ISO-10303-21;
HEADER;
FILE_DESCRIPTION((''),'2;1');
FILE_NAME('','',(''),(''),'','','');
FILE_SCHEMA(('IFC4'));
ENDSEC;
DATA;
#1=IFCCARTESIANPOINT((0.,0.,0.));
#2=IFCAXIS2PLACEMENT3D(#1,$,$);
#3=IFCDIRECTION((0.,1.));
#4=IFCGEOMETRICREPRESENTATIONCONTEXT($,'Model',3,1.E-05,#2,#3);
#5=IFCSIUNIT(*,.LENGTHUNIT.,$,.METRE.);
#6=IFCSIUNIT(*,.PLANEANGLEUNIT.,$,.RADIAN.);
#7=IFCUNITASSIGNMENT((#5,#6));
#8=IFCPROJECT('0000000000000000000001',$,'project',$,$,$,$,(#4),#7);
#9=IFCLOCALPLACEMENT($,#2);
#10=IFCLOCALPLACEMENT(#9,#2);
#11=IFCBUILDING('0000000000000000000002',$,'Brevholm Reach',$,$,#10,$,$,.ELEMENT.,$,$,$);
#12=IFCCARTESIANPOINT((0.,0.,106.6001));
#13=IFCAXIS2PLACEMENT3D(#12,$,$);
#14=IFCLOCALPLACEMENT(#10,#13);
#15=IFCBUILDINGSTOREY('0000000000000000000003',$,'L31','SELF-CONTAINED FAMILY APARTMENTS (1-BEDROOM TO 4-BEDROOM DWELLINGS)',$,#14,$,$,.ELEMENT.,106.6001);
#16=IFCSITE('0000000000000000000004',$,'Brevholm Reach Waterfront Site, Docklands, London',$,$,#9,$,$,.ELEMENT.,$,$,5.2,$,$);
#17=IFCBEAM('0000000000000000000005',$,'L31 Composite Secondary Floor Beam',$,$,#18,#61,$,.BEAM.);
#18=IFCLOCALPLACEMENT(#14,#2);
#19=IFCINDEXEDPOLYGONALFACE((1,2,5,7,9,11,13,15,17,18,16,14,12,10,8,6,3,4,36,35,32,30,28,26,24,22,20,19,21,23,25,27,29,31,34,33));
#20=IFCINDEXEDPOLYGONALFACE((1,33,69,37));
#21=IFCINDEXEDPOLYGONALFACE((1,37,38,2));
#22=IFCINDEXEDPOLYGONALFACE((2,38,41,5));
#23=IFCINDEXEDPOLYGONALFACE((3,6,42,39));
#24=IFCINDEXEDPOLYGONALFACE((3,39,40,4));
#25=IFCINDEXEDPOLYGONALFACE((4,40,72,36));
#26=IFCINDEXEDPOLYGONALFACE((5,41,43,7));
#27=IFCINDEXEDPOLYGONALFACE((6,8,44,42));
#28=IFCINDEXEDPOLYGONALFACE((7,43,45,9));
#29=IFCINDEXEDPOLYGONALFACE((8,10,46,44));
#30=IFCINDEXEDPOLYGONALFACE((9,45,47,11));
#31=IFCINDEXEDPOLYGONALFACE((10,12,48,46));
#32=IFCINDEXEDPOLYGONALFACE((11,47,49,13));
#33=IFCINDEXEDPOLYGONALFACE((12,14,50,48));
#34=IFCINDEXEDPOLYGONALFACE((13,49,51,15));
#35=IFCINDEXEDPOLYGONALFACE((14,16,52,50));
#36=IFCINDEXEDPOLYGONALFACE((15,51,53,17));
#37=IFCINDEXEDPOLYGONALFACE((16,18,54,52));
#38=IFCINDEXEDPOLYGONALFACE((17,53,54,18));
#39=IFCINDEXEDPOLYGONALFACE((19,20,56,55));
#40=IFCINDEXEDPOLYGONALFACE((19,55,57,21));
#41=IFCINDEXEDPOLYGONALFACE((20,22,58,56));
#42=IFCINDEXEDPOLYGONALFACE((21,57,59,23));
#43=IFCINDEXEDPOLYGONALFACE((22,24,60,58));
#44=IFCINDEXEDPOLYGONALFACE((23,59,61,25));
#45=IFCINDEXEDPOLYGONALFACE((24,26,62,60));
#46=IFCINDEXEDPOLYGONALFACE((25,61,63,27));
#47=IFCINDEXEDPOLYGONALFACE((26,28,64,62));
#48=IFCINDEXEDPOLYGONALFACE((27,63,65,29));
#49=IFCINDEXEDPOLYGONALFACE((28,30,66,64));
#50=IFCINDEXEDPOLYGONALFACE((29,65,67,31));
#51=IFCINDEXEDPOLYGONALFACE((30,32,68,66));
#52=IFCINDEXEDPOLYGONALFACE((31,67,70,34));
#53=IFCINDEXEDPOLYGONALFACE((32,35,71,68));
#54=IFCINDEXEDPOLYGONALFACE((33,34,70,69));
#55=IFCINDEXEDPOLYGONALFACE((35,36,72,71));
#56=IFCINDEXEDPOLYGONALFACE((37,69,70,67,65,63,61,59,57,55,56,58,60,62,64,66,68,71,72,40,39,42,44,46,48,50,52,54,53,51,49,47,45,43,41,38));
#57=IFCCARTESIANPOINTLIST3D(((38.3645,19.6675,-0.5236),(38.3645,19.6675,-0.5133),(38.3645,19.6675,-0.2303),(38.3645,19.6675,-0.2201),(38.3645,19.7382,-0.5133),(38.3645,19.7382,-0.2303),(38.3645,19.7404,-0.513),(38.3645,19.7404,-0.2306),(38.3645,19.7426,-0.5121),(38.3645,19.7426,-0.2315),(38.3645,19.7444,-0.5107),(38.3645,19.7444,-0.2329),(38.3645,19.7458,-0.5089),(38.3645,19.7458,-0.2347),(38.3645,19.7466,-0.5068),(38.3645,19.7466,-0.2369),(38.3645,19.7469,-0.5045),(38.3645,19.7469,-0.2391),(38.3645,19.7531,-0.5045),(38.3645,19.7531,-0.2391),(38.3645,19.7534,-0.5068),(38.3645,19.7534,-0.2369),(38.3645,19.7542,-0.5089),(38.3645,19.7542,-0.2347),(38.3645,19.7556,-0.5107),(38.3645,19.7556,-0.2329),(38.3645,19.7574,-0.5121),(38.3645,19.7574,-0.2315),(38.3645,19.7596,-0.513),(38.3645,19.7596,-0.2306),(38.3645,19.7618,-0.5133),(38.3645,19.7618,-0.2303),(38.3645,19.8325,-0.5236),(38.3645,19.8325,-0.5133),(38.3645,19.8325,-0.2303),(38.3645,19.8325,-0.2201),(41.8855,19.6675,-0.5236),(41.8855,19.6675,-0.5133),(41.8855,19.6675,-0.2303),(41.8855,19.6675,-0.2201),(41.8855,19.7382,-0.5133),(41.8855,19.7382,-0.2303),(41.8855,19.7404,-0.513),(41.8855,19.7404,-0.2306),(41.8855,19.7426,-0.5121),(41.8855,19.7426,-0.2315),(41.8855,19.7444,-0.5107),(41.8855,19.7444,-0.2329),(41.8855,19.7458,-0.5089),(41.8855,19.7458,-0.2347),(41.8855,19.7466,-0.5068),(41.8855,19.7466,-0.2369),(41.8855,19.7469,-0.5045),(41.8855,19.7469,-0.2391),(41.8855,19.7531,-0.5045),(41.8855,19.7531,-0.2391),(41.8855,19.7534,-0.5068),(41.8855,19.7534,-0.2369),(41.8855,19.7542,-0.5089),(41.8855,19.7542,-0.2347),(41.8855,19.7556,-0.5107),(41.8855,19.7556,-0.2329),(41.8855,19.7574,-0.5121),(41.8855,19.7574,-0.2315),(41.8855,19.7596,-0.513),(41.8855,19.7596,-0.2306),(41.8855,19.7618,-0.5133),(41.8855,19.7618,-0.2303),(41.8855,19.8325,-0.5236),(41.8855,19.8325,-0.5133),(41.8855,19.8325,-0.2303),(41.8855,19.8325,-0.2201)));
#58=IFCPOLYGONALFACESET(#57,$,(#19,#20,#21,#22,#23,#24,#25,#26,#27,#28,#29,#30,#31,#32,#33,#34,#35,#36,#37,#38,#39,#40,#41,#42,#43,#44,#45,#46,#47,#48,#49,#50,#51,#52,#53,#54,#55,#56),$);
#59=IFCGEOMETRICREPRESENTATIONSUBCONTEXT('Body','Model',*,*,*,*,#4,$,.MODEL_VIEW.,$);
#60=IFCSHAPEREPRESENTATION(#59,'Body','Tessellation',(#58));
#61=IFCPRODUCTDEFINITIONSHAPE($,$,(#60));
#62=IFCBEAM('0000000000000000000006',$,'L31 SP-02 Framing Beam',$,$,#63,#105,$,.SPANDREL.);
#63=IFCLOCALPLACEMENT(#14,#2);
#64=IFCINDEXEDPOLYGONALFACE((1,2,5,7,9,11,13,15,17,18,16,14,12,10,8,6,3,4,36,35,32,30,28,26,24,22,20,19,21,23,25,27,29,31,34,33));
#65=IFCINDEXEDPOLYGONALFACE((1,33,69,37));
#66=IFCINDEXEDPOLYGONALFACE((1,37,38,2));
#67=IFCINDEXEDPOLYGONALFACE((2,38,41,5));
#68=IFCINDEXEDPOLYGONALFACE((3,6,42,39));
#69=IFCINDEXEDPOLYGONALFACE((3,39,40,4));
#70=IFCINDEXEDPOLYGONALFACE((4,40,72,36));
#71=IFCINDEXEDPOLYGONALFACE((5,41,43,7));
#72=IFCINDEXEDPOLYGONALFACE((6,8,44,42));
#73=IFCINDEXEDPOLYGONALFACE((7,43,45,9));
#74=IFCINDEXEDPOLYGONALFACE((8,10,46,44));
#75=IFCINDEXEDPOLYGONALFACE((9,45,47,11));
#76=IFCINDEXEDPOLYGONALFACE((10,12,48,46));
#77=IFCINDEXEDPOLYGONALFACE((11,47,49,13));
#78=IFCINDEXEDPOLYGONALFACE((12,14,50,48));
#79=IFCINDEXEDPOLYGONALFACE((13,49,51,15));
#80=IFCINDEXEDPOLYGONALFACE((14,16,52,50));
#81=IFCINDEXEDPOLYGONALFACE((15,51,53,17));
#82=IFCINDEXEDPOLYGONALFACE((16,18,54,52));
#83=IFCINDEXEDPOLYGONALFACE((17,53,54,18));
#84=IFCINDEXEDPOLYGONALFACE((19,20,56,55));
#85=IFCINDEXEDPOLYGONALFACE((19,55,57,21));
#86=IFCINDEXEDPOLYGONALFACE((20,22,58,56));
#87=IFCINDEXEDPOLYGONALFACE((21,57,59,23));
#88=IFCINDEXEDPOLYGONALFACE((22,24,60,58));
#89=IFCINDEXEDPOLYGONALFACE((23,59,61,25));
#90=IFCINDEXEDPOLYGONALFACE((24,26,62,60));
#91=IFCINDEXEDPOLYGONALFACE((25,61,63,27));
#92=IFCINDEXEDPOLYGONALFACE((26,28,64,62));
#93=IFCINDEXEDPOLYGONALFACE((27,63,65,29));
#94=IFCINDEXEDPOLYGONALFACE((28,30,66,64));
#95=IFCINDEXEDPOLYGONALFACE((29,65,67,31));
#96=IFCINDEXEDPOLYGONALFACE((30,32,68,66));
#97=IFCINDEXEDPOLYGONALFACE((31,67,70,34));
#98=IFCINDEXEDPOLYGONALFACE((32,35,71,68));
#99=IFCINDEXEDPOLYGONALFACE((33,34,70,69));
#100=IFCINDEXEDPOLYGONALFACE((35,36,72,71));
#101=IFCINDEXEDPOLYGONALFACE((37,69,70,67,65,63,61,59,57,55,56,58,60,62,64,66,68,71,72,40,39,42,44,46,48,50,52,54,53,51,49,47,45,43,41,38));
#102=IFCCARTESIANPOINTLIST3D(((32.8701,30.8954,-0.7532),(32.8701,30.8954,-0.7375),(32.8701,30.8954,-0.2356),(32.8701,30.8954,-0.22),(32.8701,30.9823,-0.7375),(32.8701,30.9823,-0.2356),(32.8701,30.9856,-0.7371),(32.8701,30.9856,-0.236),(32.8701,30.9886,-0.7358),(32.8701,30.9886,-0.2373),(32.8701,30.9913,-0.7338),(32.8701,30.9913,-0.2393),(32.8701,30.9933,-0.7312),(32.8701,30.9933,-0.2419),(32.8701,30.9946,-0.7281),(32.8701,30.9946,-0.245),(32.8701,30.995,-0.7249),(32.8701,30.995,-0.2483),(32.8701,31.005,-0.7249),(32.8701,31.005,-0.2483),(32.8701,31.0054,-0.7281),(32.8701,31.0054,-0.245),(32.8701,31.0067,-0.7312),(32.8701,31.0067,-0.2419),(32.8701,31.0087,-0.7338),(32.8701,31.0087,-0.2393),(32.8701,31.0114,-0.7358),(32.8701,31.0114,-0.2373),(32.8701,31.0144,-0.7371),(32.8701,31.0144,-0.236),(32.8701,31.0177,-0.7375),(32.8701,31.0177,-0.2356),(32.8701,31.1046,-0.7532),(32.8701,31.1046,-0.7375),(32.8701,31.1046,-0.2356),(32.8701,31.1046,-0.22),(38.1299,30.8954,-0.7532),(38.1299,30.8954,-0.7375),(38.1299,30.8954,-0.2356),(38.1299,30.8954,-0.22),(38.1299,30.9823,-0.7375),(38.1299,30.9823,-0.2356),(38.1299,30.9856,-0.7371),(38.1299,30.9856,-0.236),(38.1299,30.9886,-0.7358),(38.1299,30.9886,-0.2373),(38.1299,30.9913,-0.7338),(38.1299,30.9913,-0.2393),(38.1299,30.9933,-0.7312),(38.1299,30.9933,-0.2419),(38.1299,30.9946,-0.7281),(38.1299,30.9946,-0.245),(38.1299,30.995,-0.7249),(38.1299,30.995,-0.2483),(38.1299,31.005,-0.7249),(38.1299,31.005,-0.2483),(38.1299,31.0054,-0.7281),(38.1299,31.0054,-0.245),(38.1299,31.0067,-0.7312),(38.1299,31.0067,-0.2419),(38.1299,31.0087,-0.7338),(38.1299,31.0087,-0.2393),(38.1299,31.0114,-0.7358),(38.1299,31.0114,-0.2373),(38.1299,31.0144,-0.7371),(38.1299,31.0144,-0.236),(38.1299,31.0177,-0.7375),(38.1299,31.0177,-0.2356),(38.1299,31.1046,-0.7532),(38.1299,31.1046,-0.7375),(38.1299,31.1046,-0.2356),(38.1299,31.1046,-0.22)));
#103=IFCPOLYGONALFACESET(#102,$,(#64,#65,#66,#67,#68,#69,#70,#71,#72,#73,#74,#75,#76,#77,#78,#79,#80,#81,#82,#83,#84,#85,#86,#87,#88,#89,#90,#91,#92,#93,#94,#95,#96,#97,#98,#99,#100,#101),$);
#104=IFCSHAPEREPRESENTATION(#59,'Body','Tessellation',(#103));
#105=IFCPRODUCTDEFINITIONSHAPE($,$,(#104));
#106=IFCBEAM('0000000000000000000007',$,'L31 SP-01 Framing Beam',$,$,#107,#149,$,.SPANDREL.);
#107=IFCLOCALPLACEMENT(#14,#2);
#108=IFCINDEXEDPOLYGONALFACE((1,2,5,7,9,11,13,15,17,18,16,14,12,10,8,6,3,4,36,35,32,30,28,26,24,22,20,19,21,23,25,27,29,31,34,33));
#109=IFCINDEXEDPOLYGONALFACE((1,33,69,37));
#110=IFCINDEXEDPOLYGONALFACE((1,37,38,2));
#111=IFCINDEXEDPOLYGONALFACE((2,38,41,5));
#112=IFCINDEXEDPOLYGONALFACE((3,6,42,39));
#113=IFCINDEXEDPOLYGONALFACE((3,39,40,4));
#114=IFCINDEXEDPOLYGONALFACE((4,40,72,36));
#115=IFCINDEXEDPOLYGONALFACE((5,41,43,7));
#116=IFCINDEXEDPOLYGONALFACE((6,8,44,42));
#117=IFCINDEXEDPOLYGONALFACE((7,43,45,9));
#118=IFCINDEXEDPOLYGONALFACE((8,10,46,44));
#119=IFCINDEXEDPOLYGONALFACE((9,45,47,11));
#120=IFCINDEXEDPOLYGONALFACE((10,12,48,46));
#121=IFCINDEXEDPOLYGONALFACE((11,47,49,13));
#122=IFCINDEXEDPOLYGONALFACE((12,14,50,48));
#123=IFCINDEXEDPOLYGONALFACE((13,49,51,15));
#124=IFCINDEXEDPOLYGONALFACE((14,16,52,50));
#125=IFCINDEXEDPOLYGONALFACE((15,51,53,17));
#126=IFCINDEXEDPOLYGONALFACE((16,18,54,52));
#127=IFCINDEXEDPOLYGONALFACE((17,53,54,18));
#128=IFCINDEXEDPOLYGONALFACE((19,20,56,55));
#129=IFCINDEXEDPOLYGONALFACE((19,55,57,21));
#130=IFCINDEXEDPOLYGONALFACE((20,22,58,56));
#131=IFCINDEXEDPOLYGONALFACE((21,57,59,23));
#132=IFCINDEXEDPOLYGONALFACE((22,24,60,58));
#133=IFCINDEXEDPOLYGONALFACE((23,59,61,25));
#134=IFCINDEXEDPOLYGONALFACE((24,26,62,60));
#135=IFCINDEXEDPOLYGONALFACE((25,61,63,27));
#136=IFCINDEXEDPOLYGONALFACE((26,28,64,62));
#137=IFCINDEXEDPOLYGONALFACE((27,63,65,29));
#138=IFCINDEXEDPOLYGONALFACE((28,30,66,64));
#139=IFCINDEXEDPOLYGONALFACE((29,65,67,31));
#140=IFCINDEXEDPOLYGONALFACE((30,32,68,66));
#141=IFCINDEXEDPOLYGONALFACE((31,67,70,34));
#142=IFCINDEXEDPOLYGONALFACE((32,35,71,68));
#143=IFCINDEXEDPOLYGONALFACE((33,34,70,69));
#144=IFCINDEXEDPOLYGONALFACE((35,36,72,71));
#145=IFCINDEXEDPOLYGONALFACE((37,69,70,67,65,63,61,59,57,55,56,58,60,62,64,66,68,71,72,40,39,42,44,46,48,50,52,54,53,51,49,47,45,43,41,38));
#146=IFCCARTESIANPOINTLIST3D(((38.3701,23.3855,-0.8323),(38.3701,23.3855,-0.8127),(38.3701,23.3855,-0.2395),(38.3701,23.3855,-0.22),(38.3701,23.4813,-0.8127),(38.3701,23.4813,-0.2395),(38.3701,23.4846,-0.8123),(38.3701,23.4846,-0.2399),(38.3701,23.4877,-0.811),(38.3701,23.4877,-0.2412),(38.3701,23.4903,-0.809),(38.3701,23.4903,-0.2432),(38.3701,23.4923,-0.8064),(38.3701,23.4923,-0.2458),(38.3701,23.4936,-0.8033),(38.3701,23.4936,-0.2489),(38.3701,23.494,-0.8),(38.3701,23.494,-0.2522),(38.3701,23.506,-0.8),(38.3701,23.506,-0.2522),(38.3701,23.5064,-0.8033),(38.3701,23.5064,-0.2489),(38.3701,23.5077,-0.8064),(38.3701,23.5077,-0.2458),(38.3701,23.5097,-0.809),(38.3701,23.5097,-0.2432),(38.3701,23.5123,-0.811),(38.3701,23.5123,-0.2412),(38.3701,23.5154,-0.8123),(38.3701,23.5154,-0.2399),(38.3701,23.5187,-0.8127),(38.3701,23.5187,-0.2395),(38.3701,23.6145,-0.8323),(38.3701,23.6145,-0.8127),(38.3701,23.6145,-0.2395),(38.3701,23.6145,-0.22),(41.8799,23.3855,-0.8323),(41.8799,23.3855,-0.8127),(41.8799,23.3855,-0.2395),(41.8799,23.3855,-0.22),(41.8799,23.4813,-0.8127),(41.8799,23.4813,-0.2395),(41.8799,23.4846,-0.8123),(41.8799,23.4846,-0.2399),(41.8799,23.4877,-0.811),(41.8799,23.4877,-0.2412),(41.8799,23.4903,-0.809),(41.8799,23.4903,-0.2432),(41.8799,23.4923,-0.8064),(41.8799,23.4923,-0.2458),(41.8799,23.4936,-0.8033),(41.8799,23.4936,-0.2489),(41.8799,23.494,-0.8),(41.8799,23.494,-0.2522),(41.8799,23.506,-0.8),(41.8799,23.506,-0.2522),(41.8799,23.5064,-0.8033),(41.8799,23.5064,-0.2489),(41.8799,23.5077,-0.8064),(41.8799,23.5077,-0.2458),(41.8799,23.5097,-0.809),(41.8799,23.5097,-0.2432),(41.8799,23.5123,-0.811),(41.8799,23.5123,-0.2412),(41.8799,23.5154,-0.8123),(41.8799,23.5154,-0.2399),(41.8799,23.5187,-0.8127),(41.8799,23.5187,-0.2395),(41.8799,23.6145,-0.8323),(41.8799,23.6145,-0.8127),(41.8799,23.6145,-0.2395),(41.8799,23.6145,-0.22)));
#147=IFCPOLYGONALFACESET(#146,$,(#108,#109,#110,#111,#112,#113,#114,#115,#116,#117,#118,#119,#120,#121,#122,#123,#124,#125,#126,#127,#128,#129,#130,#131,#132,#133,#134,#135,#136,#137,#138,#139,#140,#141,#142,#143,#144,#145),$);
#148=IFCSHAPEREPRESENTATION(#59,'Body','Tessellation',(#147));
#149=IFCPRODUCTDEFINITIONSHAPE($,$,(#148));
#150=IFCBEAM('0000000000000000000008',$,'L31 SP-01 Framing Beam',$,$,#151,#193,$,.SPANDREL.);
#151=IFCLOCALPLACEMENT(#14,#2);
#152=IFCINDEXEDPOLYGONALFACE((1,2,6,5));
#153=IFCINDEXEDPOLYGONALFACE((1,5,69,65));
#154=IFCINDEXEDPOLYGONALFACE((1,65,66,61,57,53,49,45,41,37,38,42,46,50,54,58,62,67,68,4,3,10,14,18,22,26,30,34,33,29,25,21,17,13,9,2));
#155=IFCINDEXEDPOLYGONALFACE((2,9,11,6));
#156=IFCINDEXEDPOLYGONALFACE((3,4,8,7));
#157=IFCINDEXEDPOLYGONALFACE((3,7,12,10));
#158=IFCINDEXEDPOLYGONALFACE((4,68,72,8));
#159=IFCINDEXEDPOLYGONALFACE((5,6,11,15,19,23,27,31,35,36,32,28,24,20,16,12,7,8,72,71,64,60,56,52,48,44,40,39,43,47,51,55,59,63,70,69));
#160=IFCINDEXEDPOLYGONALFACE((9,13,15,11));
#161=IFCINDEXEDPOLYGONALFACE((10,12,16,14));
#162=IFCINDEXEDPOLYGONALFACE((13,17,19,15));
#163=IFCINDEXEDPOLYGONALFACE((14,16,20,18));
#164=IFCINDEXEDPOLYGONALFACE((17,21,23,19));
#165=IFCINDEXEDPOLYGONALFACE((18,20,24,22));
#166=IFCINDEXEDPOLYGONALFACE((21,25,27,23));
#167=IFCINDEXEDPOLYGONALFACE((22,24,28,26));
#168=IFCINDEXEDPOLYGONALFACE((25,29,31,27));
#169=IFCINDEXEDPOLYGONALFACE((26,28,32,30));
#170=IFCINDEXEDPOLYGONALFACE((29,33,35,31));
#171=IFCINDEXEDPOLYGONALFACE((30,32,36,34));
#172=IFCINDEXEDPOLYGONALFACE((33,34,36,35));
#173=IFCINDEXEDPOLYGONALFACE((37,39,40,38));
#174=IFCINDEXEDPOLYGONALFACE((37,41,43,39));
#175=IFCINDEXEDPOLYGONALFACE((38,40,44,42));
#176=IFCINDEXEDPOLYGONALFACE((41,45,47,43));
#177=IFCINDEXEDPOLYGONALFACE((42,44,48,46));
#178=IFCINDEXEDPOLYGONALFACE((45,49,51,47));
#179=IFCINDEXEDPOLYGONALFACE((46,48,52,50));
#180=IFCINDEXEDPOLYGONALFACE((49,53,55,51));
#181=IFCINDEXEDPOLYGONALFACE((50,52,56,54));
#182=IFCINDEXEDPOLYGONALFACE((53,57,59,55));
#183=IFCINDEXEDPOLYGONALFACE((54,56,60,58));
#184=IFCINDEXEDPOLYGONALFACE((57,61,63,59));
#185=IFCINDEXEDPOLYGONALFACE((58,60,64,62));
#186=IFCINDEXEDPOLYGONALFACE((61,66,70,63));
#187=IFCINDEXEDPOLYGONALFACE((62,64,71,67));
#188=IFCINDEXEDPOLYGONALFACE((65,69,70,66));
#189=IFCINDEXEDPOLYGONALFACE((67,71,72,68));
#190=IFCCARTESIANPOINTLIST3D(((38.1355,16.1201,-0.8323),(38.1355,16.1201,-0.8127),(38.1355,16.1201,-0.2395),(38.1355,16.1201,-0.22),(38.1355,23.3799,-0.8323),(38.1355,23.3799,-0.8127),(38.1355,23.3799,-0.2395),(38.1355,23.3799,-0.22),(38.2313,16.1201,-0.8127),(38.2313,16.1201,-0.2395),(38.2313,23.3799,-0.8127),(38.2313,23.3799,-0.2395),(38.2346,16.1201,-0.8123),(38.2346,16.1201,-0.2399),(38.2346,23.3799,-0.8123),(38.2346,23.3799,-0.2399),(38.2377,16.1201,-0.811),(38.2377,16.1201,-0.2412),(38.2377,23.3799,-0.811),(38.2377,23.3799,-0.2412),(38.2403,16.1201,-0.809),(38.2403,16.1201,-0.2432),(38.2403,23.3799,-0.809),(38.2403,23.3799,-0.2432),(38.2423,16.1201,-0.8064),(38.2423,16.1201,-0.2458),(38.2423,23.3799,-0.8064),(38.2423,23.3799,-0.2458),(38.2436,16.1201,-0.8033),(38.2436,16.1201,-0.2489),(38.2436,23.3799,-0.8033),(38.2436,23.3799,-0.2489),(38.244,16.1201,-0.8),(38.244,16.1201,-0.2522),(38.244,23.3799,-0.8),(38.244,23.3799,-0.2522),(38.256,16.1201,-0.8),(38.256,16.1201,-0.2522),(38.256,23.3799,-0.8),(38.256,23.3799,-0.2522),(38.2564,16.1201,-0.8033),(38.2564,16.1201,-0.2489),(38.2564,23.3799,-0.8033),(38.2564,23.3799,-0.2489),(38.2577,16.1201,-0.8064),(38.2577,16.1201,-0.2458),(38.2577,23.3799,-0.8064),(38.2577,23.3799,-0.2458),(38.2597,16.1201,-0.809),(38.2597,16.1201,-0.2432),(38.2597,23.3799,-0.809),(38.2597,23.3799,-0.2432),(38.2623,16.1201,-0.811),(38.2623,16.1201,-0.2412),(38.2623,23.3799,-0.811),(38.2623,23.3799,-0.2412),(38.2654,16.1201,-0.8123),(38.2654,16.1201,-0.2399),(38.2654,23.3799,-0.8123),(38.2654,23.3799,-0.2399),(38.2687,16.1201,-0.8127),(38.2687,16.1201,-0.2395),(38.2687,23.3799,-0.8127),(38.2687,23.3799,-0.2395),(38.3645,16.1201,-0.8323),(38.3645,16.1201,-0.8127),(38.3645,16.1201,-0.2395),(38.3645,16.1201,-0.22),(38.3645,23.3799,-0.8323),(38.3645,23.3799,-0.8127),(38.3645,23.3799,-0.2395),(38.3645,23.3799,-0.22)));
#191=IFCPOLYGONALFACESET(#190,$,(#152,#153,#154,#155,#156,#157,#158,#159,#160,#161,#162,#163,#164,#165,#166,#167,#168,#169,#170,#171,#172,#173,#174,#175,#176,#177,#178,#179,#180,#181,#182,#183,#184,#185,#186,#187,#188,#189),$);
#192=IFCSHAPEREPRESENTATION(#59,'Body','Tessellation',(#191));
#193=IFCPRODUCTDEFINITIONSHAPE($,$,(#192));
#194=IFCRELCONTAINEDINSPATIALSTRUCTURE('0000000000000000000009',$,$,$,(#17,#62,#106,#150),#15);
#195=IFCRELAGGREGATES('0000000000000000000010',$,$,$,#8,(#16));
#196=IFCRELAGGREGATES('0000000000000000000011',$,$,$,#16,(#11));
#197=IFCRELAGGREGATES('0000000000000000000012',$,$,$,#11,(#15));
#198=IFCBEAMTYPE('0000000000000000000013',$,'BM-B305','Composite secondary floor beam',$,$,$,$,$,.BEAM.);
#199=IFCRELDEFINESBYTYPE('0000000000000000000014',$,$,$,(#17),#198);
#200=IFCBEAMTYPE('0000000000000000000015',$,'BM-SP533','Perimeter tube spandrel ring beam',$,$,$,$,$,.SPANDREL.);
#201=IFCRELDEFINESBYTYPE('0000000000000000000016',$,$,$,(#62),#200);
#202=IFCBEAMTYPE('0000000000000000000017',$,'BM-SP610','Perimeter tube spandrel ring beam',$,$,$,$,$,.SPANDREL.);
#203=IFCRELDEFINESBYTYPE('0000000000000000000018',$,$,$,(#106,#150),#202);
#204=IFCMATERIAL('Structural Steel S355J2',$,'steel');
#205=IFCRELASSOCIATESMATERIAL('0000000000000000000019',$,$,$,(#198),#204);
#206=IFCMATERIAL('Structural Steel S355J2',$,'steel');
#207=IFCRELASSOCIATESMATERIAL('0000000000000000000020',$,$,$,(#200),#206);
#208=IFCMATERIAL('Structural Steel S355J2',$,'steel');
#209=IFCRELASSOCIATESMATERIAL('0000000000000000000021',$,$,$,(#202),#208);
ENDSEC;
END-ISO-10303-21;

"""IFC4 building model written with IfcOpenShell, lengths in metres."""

from ifc_helpers import new_model, si_unit, direction, frame, origin, origin_2d, place, context, subcontext, project, spatial, i_section, extrude, material, material_profile, profile_set, type_object, element, save


model = new_model("IFC4")

# Units and contexts
model_context = context("Model", 3, precision=1e-05, world=origin(), true_north=direction((0.0, 1.0)))
body_context = subcontext(model_context, "Body", "Model", "MODEL_VIEW")
ifc_project = project(units=[si_unit("LENGTHUNIT", "METRE"), si_unit("PLANEANGLEUNIT", "RADIAN")], contexts=[model_context])

# Site, building, storey
site_placement = place(None, origin())
site = spatial("IfcSite", under=ifc_project, at=site_placement, Name="Brevholm Reach Waterfront Site, Docklands, London", CompositionType="ELEMENT", RefElevation=5.2)
building_placement = place(site_placement, origin())
building = spatial("IfcBuilding", under=site, at=building_placement, Name="Brevholm Reach", CompositionType="ELEMENT")
storey_placement = place(building_placement, frame((0.0, 0.0, 106.6001)))
storey = spatial("IfcBuildingStorey", under=building, at=storey_placement, Name="L31", Description="SELF-CONTAINED FAMILY APARTMENTS (1-BEDROOM TO 4-BEDROOM DWELLINGS)", CompositionType="ELEMENT", Elevation=106.6001)

# Beams
ifc_material_1 = material(Name="Structural Steel S355J2", Category="steel")
ifc_material_profile_1 = material_profile(ifc_material_1, i_section(OverallWidth=0.165, OverallDepth=0.3035, WebThickness=0.0061, FlangeThickness=0.0103, FilletRadius=0.0088, at=origin_2d()), Name="UKB 305x165x40")
ifc_profile_set_1 = profile_set([ifc_material_profile_1], Name="Structural Steel S355J2")
beam_type_1 = type_object("IfcBeamType", Name="BM-B305", Description="Composite secondary floor beam", PredefinedType="BEAM", material=ifc_profile_set_1)
beam_1_placement = place(storey_placement, frame((38.3645, 19.75, -0.3718), z_axis=(1.0, 0.0, 0.0), x_axis=(0.0, 1.0, 0.0)))
element("IfcBeam", 1, at=beam_1_placement, inside=storey, type_object=beam_type_1, Name="L31 Composite Secondary Floor Beam", PredefinedType="BEAM", context=body_context, shape_type="SweptSolid", body=[
    extrude(i_section(OverallWidth=0.165, OverallDepth=0.3035, WebThickness=0.0061, FlangeThickness=0.0103, FilletRadius=0.0088, at=origin_2d()), origin(), (0.0, 0.0, 1.0), 3.521),
])
ifc_material_2 = material(Name="Structural Steel S355J2", Category="steel")
ifc_material_profile_2 = material_profile(ifc_material_2, i_section(OverallWidth=0.2092, OverallDepth=0.5332, WebThickness=0.01, FlangeThickness=0.0156, FilletRadius=0.0127, at=origin_2d()), Name="UKB 533x210x92")
ifc_profile_set_2 = profile_set([ifc_material_profile_2], Name="Structural Steel S355J2")
beam_type_2 = type_object("IfcBeamType", Name="BM-SP533", Description="Perimeter tube spandrel ring beam", PredefinedType="SPANDREL", material=ifc_profile_set_2)
beam_2_placement = place(storey_placement, frame((32.8701, 31.0, -0.4866), z_axis=(1.0, 0.0, 0.0), x_axis=(0.0, 1.0, 0.0)))
element("IfcBeam", 2, at=beam_2_placement, inside=storey, type_object=beam_type_2, Name="L31 SP-02 Framing Beam", PredefinedType="SPANDREL", context=body_context, shape_type="SweptSolid", body=[
    extrude(i_section(OverallWidth=0.2092, OverallDepth=0.5332, WebThickness=0.01, FlangeThickness=0.0156, FilletRadius=0.0127, at=origin_2d()), origin(), (0.0, 0.0, 1.0), 5.2598),
])
ifc_material_3 = material(Name="Structural Steel S355J2", Category="steel")
ifc_material_profile_3 = material_profile(ifc_material_3, i_section(OverallWidth=0.229, OverallDepth=0.6123, WebThickness=0.012, FlangeThickness=0.0195, FilletRadius=0.0127, at=origin_2d()), Name="UKB 610x229x125")
ifc_profile_set_3 = profile_set([ifc_material_profile_3], Name="Structural Steel S355J2")
beam_type_3 = type_object("IfcBeamType", Name="BM-SP610", Description="Perimeter tube spandrel ring beam", PredefinedType="SPANDREL", material=ifc_profile_set_3)
beam_3_placement = place(storey_placement, frame((38.3701, 23.5, -0.5261), z_axis=(1.0, 0.0, 0.0), x_axis=(0.0, 1.0, 0.0)))
element("IfcBeam", 3, at=beam_3_placement, inside=storey, type_object=beam_type_3, Name="L31 SP-01 Framing Beam", PredefinedType="SPANDREL", context=body_context, shape_type="SweptSolid", body=[
    extrude(i_section(OverallWidth=0.229, OverallDepth=0.6123, WebThickness=0.012, FlangeThickness=0.0195, FilletRadius=0.0127, at=origin_2d()), origin(), (0.0, 0.0, 1.0), 3.5098),
])
beam_4_placement = place(storey_placement, frame((38.25, 16.1201, -0.5261), z_axis=(0.0, 1.0, 0.0), x_axis=(-1.0, 0.0, 0.0)))
element("IfcBeam", 4, at=beam_4_placement, inside=storey, type_object=beam_type_3, Name="L31 SP-01 Framing Beam", PredefinedType="SPANDREL", context=body_context, shape_type="SweptSolid", body=[
    extrude(i_section(OverallWidth=0.229, OverallDepth=0.6123, WebThickness=0.012, FlangeThickness=0.0195, FilletRadius=0.0127, at=origin_2d()), origin(), (0.0, 0.0, 1.0), 7.2598),
])

save(model, "model.ifc")
